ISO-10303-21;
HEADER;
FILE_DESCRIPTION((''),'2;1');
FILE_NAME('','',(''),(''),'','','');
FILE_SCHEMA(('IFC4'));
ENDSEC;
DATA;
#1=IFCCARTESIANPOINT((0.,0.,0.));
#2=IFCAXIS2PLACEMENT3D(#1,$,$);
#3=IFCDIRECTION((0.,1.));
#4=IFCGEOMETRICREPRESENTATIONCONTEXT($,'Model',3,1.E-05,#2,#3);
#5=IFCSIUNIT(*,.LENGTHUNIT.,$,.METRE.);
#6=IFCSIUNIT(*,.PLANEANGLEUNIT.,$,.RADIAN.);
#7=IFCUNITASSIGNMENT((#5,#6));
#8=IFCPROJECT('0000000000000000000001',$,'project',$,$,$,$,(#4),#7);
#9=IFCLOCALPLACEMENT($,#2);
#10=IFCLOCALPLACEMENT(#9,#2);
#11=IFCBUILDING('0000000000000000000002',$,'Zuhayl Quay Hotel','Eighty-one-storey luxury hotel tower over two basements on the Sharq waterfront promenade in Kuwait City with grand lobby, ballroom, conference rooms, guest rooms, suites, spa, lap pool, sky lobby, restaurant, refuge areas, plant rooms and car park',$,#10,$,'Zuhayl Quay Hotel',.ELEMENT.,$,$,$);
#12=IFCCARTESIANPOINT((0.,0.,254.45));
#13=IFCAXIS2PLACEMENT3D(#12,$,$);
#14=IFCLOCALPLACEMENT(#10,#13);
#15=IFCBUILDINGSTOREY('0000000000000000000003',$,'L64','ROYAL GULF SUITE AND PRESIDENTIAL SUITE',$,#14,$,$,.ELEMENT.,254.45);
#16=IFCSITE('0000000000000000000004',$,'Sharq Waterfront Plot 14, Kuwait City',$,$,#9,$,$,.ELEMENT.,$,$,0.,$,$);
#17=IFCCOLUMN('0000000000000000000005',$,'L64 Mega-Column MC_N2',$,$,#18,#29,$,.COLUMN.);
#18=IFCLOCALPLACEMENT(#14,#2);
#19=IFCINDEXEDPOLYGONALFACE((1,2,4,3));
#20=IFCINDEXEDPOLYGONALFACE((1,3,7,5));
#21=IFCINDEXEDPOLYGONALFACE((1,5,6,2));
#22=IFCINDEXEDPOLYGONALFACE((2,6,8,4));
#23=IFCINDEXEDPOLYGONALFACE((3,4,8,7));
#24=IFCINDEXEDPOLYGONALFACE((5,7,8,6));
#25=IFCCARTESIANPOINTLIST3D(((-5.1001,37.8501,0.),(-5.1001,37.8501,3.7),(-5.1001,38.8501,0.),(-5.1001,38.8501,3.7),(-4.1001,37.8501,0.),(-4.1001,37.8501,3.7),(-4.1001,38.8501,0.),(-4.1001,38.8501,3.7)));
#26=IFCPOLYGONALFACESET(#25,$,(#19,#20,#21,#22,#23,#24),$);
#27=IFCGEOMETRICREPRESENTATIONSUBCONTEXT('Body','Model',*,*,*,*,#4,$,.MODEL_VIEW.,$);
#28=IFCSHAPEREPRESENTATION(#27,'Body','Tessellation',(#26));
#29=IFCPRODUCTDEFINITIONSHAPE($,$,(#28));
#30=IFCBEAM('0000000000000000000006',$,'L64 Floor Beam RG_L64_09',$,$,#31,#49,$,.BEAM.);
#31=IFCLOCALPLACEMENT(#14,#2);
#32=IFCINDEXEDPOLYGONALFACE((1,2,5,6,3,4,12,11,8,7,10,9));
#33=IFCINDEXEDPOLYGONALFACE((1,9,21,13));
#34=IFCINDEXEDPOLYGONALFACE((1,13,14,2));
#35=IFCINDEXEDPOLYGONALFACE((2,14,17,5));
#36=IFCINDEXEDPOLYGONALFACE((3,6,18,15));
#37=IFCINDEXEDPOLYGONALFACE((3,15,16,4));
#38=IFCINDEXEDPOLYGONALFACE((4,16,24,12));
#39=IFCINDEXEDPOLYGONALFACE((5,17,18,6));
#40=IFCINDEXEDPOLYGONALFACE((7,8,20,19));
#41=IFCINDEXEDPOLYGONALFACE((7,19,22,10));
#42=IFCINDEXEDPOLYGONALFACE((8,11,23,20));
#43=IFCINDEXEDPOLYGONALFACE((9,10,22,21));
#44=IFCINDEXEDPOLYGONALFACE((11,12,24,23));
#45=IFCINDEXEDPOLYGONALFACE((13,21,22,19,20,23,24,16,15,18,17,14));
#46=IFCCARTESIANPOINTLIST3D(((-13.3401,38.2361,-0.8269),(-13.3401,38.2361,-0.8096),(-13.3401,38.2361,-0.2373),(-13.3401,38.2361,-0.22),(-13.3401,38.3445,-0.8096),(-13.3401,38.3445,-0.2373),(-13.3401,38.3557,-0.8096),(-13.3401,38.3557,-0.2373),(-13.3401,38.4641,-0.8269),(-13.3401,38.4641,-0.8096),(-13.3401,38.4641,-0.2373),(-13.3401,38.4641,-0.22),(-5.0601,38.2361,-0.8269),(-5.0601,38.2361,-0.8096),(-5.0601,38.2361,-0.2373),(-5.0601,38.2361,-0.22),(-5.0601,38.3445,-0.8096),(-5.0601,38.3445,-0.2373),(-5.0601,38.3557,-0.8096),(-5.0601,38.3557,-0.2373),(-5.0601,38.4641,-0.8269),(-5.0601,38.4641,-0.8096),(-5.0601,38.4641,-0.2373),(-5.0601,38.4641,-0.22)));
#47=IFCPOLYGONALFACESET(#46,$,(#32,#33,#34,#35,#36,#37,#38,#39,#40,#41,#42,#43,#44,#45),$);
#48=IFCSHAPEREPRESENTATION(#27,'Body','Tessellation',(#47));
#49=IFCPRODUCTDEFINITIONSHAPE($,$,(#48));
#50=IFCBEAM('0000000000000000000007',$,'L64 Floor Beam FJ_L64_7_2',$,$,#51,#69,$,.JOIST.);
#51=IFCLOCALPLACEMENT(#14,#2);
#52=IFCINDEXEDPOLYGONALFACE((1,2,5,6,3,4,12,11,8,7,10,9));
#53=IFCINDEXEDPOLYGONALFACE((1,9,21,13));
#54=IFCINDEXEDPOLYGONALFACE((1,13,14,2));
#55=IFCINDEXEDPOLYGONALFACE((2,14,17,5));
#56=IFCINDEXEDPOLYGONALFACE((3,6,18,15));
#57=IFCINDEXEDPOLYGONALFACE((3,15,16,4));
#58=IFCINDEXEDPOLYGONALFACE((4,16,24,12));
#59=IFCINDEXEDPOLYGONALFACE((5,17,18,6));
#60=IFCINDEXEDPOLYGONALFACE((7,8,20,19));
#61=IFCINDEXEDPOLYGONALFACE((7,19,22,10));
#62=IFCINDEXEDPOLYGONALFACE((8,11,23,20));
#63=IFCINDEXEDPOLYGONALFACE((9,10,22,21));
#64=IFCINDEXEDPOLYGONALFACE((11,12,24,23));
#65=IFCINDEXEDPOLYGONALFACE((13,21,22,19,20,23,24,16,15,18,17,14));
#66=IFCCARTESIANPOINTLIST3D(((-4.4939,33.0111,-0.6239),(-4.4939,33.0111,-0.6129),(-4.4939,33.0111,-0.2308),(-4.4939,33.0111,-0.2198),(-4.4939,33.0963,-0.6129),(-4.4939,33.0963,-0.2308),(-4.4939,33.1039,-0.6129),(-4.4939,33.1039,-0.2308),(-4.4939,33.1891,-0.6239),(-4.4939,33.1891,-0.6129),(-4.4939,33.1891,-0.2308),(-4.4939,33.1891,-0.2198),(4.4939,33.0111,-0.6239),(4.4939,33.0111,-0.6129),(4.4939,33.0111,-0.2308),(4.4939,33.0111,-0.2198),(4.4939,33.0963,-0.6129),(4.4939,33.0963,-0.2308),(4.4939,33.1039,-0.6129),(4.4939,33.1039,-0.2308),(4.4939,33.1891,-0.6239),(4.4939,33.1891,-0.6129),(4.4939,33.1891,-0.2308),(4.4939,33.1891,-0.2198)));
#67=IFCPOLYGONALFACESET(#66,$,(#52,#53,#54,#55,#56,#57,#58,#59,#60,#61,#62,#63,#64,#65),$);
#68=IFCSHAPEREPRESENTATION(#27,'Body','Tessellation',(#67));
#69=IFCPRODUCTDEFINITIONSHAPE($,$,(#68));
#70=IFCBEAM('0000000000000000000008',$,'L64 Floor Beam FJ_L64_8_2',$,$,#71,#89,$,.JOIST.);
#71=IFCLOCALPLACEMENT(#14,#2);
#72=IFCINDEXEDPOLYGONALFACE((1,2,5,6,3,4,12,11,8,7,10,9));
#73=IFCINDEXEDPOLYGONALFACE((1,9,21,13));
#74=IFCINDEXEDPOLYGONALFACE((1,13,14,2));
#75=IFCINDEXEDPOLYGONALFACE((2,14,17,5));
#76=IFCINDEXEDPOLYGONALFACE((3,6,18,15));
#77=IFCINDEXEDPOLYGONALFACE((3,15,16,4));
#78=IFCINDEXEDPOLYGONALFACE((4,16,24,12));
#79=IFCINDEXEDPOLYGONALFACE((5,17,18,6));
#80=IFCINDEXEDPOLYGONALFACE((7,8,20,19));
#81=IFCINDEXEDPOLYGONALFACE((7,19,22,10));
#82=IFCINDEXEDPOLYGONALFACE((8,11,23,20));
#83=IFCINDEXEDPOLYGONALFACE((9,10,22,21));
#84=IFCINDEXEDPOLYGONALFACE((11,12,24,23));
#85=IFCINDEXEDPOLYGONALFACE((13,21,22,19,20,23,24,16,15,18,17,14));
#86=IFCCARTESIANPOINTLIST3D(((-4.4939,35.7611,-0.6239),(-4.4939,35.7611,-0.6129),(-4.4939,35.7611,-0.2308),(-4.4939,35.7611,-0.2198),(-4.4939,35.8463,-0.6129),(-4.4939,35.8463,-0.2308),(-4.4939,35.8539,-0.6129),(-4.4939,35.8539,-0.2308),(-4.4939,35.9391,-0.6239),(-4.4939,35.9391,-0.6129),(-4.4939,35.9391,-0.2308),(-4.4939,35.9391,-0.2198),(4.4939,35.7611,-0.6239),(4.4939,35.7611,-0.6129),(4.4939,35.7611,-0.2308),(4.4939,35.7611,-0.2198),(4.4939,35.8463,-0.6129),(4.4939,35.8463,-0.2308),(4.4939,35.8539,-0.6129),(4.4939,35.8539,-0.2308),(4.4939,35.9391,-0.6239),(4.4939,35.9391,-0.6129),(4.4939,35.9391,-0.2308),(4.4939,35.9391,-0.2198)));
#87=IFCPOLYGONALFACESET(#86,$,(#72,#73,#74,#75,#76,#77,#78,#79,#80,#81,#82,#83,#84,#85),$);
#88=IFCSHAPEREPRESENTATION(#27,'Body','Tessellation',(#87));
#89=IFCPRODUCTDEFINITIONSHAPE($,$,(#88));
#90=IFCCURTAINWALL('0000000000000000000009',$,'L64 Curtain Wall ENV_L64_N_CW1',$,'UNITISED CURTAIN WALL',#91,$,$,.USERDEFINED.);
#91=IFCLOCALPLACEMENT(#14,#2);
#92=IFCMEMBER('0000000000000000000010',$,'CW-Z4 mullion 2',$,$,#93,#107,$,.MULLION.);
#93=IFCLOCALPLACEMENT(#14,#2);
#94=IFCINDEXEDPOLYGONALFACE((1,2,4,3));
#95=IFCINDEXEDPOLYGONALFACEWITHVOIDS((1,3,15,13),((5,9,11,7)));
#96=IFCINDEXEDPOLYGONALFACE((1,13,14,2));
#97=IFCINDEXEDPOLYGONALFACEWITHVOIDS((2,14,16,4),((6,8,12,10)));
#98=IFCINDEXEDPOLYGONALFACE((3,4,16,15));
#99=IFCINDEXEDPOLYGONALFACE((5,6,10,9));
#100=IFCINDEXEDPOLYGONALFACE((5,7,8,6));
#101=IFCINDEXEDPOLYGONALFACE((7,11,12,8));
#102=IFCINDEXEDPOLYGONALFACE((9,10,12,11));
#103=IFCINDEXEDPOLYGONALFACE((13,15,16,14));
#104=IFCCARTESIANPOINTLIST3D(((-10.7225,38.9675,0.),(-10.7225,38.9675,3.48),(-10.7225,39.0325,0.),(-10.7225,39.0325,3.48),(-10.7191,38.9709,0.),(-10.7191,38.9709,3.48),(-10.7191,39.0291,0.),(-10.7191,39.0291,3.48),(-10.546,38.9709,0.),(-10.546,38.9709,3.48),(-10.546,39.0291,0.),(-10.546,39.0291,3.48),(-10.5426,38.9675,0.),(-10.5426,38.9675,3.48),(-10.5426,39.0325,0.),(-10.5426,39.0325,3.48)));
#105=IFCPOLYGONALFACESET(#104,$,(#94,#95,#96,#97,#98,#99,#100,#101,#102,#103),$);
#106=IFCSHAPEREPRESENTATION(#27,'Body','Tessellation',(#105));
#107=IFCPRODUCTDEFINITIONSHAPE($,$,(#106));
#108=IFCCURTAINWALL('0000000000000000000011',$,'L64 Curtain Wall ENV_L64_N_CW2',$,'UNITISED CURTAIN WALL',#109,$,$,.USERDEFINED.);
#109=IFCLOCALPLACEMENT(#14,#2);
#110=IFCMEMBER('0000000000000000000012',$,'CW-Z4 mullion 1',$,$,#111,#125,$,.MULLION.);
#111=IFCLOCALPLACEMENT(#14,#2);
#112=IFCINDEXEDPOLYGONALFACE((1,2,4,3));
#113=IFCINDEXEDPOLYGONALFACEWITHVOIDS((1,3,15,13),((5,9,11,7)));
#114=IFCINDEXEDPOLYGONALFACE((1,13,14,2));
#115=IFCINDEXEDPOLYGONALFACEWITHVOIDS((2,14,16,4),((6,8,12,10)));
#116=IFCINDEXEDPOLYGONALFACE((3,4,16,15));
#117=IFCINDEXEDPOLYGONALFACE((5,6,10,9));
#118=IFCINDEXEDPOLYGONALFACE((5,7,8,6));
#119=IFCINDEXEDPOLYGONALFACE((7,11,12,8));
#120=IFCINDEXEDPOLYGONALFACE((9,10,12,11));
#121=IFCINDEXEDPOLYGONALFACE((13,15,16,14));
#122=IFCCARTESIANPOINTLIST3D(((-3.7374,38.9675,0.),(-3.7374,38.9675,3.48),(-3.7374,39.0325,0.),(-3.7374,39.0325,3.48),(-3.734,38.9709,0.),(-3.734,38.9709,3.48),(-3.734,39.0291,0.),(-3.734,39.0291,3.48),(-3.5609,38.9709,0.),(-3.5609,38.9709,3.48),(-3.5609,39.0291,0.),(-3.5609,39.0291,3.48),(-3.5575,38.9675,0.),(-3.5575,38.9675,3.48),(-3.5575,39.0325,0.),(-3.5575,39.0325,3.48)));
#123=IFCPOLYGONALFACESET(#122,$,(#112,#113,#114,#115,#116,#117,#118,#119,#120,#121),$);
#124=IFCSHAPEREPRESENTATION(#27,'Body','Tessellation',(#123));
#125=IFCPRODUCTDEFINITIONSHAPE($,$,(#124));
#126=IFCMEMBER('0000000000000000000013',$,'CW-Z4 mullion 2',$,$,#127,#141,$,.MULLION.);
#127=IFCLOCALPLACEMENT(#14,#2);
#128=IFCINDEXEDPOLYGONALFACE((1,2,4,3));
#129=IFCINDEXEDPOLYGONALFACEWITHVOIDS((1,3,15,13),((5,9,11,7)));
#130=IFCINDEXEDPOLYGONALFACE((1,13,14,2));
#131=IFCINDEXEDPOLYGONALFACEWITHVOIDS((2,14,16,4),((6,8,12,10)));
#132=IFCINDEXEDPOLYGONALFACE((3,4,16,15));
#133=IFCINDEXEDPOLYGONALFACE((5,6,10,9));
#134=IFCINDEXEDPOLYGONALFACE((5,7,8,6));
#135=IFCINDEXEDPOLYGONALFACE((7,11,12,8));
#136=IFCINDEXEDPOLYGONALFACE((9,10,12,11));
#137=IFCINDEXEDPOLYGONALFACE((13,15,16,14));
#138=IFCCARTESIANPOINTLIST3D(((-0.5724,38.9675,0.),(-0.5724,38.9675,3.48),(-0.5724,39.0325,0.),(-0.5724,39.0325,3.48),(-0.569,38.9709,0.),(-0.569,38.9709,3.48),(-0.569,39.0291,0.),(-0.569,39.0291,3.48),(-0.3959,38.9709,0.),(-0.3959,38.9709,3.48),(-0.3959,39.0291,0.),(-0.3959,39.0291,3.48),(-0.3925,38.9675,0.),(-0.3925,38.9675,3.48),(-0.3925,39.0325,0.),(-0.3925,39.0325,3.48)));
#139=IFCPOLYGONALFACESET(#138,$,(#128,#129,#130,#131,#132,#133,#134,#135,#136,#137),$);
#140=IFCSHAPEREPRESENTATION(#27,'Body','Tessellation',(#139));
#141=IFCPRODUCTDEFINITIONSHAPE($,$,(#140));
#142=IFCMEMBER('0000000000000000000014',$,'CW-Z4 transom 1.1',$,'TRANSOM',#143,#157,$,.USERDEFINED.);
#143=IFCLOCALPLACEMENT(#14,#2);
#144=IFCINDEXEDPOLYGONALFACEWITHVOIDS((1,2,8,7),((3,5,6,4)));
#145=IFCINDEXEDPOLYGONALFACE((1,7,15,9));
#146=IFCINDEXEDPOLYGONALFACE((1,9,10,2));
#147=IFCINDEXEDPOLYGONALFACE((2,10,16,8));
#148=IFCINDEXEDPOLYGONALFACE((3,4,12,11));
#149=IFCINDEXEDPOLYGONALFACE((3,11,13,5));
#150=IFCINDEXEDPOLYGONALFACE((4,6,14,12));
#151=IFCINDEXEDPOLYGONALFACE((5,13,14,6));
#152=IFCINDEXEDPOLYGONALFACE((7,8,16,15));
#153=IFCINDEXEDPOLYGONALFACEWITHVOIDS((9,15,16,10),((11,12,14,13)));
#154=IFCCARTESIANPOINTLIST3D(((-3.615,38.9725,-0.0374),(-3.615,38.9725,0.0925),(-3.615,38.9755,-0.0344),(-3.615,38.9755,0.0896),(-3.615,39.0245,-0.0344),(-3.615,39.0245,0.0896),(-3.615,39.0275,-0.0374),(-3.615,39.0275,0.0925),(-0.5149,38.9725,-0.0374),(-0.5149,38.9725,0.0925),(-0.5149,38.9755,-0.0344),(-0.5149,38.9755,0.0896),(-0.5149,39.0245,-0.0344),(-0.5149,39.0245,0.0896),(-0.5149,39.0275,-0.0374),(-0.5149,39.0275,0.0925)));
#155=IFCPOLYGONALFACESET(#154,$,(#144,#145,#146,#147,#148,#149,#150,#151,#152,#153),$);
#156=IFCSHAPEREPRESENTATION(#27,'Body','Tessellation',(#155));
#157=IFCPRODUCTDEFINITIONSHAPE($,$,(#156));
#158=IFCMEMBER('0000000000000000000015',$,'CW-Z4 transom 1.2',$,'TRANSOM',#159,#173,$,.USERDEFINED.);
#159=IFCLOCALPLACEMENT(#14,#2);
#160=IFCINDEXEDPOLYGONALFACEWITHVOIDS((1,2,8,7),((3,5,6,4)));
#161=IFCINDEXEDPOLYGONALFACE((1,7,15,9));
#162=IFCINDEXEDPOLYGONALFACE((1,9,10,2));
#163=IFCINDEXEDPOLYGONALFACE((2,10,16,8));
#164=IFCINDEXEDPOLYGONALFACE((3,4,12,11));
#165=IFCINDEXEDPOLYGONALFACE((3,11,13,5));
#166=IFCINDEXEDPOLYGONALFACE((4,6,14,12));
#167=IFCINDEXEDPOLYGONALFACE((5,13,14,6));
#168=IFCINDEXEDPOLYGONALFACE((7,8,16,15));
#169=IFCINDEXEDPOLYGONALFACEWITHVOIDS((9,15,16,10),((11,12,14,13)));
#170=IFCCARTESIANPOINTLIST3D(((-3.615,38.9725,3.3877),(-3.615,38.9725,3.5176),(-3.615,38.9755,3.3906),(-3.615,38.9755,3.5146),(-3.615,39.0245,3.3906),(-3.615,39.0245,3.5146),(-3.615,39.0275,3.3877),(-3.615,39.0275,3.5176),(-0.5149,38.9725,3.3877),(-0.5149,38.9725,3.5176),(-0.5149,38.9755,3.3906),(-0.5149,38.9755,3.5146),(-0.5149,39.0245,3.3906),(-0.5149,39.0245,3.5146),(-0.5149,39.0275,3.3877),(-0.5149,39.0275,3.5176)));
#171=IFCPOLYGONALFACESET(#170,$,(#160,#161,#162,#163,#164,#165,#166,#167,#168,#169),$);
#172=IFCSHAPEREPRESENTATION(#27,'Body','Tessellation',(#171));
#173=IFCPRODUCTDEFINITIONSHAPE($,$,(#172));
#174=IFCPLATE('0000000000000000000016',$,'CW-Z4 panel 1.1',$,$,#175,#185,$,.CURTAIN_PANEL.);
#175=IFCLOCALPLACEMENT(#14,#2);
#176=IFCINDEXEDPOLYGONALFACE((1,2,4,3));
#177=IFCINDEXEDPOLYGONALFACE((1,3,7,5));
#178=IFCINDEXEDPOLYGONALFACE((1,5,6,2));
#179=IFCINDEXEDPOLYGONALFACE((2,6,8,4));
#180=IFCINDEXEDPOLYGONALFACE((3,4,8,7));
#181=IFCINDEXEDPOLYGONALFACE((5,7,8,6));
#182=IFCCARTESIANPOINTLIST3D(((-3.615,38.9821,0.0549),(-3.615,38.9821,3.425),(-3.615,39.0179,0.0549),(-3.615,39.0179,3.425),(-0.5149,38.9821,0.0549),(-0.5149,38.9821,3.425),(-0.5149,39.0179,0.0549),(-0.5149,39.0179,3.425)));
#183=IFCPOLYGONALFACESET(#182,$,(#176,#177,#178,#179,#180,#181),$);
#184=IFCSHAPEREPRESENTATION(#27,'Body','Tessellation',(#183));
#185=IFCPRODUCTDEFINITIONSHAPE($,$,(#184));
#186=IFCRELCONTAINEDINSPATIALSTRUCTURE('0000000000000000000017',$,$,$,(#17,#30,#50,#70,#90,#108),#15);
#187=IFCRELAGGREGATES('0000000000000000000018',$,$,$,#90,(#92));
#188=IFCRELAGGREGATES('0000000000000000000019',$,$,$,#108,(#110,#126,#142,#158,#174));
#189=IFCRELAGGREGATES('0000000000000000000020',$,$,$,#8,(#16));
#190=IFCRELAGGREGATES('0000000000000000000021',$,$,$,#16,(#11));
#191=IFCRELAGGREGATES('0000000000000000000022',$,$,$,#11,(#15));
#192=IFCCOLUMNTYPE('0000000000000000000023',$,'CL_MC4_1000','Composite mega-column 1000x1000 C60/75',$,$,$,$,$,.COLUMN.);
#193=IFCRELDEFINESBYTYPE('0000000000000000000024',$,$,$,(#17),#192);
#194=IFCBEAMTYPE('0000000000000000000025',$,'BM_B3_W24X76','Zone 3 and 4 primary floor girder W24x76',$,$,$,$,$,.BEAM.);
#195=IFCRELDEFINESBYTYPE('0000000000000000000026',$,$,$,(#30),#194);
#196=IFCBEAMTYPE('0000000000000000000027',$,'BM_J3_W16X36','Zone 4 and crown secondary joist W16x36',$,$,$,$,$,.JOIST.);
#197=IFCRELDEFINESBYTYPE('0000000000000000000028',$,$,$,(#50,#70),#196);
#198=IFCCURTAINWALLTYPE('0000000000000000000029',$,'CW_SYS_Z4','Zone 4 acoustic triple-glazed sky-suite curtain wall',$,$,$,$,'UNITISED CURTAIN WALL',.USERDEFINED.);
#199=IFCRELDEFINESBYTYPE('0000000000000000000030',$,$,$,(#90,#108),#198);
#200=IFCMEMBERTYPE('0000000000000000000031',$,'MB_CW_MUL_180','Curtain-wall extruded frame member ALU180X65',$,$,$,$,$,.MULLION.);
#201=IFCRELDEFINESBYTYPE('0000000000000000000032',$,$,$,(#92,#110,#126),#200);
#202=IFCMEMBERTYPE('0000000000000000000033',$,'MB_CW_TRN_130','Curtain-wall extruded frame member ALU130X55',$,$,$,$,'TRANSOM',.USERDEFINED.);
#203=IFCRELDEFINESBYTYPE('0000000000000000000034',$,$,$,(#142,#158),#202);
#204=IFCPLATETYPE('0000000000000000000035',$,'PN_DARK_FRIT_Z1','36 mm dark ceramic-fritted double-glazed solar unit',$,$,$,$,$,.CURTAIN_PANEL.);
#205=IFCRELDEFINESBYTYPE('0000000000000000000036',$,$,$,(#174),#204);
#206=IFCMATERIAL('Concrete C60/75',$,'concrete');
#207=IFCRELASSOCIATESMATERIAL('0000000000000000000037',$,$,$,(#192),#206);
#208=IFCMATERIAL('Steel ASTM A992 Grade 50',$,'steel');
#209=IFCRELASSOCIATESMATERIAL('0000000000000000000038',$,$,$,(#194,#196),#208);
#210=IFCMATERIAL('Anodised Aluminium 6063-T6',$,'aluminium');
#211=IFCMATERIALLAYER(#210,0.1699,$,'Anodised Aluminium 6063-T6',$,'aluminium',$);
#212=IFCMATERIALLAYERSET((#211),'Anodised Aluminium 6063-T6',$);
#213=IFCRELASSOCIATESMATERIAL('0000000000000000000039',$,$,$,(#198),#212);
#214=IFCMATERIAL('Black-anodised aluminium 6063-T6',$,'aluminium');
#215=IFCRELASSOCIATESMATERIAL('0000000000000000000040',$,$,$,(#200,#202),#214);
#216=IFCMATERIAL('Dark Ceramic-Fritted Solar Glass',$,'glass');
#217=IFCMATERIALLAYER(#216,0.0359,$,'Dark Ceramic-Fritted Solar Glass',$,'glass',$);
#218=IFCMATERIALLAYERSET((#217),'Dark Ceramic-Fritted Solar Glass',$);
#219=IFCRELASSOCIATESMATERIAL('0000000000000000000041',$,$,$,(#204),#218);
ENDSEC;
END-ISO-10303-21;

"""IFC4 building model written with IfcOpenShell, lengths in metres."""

from ifc_helpers import new_model, si_unit, direction, frame, origin, origin_2d, place, context, subcontext, project, spatial, rectangle, hollow_rectangle, i_section, extrude, material, layer, layer_set, material_profile, profile_set, type_object, element, aggregate, save


model = new_model("IFC4")

# Units and contexts
model_context = context("Model", 3, precision=1e-05, world=origin(), true_north=direction((0.0, 1.0)))
body_context = subcontext(model_context, "Body", "Model", "MODEL_VIEW")
ifc_project = project(units=[si_unit("LENGTHUNIT", "METRE"), si_unit("PLANEANGLEUNIT", "RADIAN")], contexts=[model_context])

# Site, building, storey
site_placement = place(None, origin())
site = spatial("IfcSite", under=ifc_project, at=site_placement, Name="Sharq Waterfront Plot 14, Kuwait City", CompositionType="ELEMENT", RefElevation=0.0)
building_placement = place(site_placement, origin())
building = spatial("IfcBuilding", under=site, at=building_placement, Name="Zuhayl Quay Hotel", Description="Eighty-one-storey luxury hotel tower over two basements on the Sharq waterfront promenade in Kuwait City with grand lobby, ballroom, conference rooms, guest rooms, suites, spa, lap pool, sky lobby, restaurant, refuge areas, plant rooms and car park", LongName="Zuhayl Quay Hotel", CompositionType="ELEMENT")
storey_placement = place(building_placement, frame((0.0, 0.0, 254.45)))
storey = spatial("IfcBuildingStorey", under=building, at=storey_placement, Name="L64", Description="ROYAL GULF SUITE AND PRESIDENTIAL SUITE", CompositionType="ELEMENT", Elevation=254.45)

# Column
ifc_material_1 = material(Name="Concrete C60/75", Category="concrete")
ifc_material_profile_1 = material_profile(ifc_material_1, rectangle(XDim=1.0, YDim=1.0, at=origin_2d()), Name="RC1000X1000")
ifc_profile_set_1 = profile_set([ifc_material_profile_1], Name="Concrete C60/75")
column_type = type_object("IfcColumnType", Name="CL_MC4_1000", Description="Composite mega-column 1000x1000 C60/75", PredefinedType="COLUMN", material=ifc_profile_set_1)
column_placement = place(storey_placement, frame((-4.6001, 38.3501, 0.0), z_axis=(0.0, 0.0, 1.0), x_axis=(1.0, 0.0, 0.0)))
element("IfcColumn", 1, at=column_placement, inside=storey, type_object=column_type, Name="L64 Mega-Column MC_N2", PredefinedType="COLUMN", context=body_context, shape_type="SweptSolid", body=[
    extrude(rectangle(XDim=1.0, YDim=1.0, at=origin_2d()), origin(), (0.0, 0.0, 1.0), 3.7),
])

# Beams
ifc_material_2 = material(Name="Steel ASTM A992 Grade 50", Category="steel")
ifc_material_profile_2 = material_profile(ifc_material_2, i_section(OverallWidth=0.228, OverallDepth=0.6069, WebThickness=0.0112, FlangeThickness=0.0173, at=origin_2d()), Name="W24X76")
ifc_profile_set_2 = profile_set([ifc_material_profile_2], Name="Steel ASTM A992 Grade 50")
beam_type_1 = type_object("IfcBeamType", Name="BM_B3_W24X76", Description="Zone 3 and 4 primary floor girder W24x76", PredefinedType="BEAM", material=ifc_profile_set_2)
beam_placement = place(storey_placement, frame((-5.0601, 38.3501, -0.5234), z_axis=(-1.0, 0.0, 0.0), x_axis=(0.0, -1.0, 0.0)))
element("IfcBeam", 2, at=beam_placement, inside=storey, type_object=beam_type_1, Name="L64 Floor Beam RG_L64_09", PredefinedType="BEAM", context=body_context, shape_type="SweptSolid", body=[
    extrude(i_section(OverallWidth=0.228, OverallDepth=0.6069, WebThickness=0.0112, FlangeThickness=0.0173, at=origin_2d()), origin(), (0.0, 0.0, 1.0), 8.28),
])
ifc_material_profile_3 = material_profile(ifc_material_2, i_section(OverallWidth=0.178, OverallDepth=0.4041, WebThickness=0.0076, FlangeThickness=0.011, at=origin_2d()), Name="W16X36")
ifc_profile_set_3 = profile_set([ifc_material_profile_3], Name="Steel ASTM A992 Grade 50")
beam_type_2 = type_object("IfcBeamType", Name="BM_J3_W16X36", Description="Zone 4 and crown secondary joist W16x36", PredefinedType="JOIST", material=ifc_profile_set_3)
for number, where, z_axis, x_axis, name in (
    (3, (-4.4939, 33.1001, -0.4219), (1.0, 0.0, 0.0), (0.0, 1.0, 0.0), "L64 Floor Beam FJ_L64_7_2"),
    (4, (-4.4939, 35.8501, -0.4219), (1.0, 0.0, 0.0), (0.0, 1.0, 0.0), "L64 Floor Beam FJ_L64_8_2"),
):
    element("IfcBeam", number, at=place(storey_placement, frame(where, z_axis=z_axis, x_axis=x_axis)), inside=storey, type_object=beam_type_2, Name=name, PredefinedType="JOIST", context=body_context, shape_type="SweptSolid", body=[
        extrude(i_section(OverallWidth=0.178, OverallDepth=0.4041, WebThickness=0.0076, FlangeThickness=0.011, at=origin_2d()), origin(), (0.0, 0.0, 1.0), 8.9878),
    ])

# Curtain wall, member
ifc_material_3 = material(Name="Anodised Aluminium 6063-T6", Category="aluminium")
ifc_layer_1 = layer(ifc_material_3, 0.1699, Name="Anodised Aluminium 6063-T6", Category="aluminium")
ifc_layer_set_1 = layer_set([ifc_layer_1], Name="Anodised Aluminium 6063-T6")
curtain_wall_type = type_object("IfcCurtainWallType", Name="CW_SYS_Z4", Description="Zone 4 acoustic triple-glazed sky-suite curtain wall", ElementType="UNITISED CURTAIN WALL", PredefinedType="USERDEFINED", material=ifc_layer_set_1)
curtain_wall_1_placement = place(storey_placement, origin())
curtain_wall_1 = element("IfcCurtainWall", 5, at=curtain_wall_1_placement, inside=storey, type_object=curtain_wall_type, Name="L64 Curtain Wall ENV_L64_N_CW1", ObjectType="UNITISED CURTAIN WALL", PredefinedType="USERDEFINED")
ifc_material_4 = material(Name="Black-anodised aluminium 6063-T6", Category="aluminium")
ifc_material_profile_4 = material_profile(ifc_material_4, hollow_rectangle(XDim=0.0649, YDim=0.1799, WallThickness=0.0034, at=origin_2d()), Name="ALU180X65")
ifc_profile_set_4 = profile_set([ifc_material_profile_4], Name="Black-anodised aluminium 6063-T6")
member_type_1 = type_object("IfcMemberType", Name="MB_CW_MUL_180", Description="Curtain-wall extruded frame member ALU180X65", PredefinedType="MULLION", material=ifc_profile_set_4)
member_1_placement = place(storey_placement, frame((-10.6326, 39.0, 0.0), z_axis=(0.0, 0.0, 1.0), x_axis=(0.0, 1.0, 0.0)))
member_1 = element("IfcMember", 6, at=member_1_placement, type_object=member_type_1, Name="CW-Z4 mullion 2", PredefinedType="MULLION", context=body_context, shape_type="SweptSolid", body=[
    extrude(hollow_rectangle(XDim=0.0649, YDim=0.1799, WallThickness=0.0034, at=origin_2d()), origin(), (0.0, 0.0, 1.0), 3.48),
])
aggregate(curtain_wall_1, [member_1])

# Curtain wall, members, plate
curtain_wall_2_placement = place(storey_placement, origin())
curtain_wall_2 = element("IfcCurtainWall", 7, at=curtain_wall_2_placement, inside=storey, type_object=curtain_wall_type, Name="L64 Curtain Wall ENV_L64_N_CW2", ObjectType="UNITISED CURTAIN WALL", PredefinedType="USERDEFINED")
member_2_placement = place(storey_placement, frame((-3.6475, 39.0, 0.0), z_axis=(0.0, 0.0, 1.0), x_axis=(0.0, 1.0, 0.0)))
member_2 = element("IfcMember", 8, at=member_2_placement, type_object=member_type_1, Name="CW-Z4 mullion 1", PredefinedType="MULLION", context=body_context, shape_type="SweptSolid", body=[
    extrude(hollow_rectangle(XDim=0.0649, YDim=0.1799, WallThickness=0.0034, at=origin_2d()), origin(), (0.0, 0.0, 1.0), 3.48),
])
member_3_placement = place(storey_placement, frame((-0.4824, 39.0, 0.0), z_axis=(0.0, 0.0, 1.0), x_axis=(0.0, 1.0, 0.0)))
member_3 = element("IfcMember", 9, at=member_3_placement, type_object=member_type_1, Name="CW-Z4 mullion 2", PredefinedType="MULLION", context=body_context, shape_type="SweptSolid", body=[
    extrude(hollow_rectangle(XDim=0.0649, YDim=0.1799, WallThickness=0.0034, at=origin_2d()), origin(), (0.0, 0.0, 1.0), 3.48),
])
ifc_material_profile_5 = material_profile(ifc_material_4, hollow_rectangle(XDim=0.0549, YDim=0.1299, WallThickness=0.0029, at=origin_2d()), Name="ALU130X55")
ifc_profile_set_5 = profile_set([ifc_material_profile_5], Name="Black-anodised aluminium 6063-T6")
member_type_2 = type_object("IfcMemberType", Name="MB_CW_TRN_130", Description="Curtain-wall extruded frame member ALU130X55", ElementType="TRANSOM", PredefinedType="USERDEFINED", material=ifc_profile_set_5)
member_4_placement = place(storey_placement, frame((-3.615, 39.0, 0.0276), z_axis=(1.0, 0.0, 0.0), x_axis=(0.0, 1.0, 0.0)))
member_4 = element("IfcMember", 10, at=member_4_placement, type_object=member_type_2, Name="CW-Z4 transom 1.1", ObjectType="TRANSOM", PredefinedType="USERDEFINED", context=body_context, shape_type="SweptSolid", body=[
    extrude(hollow_rectangle(XDim=0.0549, YDim=0.1299, WallThickness=0.0029, at=origin_2d()), origin(), (0.0, 0.0, 1.0), 3.1001),
])
member_5_placement = place(storey_placement, frame((-3.615, 39.0, 3.4526), z_axis=(1.0, 0.0, 0.0), x_axis=(0.0, 1.0, 0.0)))
member_5 = element("IfcMember", 11, at=member_5_placement, type_object=member_type_2, Name="CW-Z4 transom 1.2", ObjectType="TRANSOM", PredefinedType="USERDEFINED", context=body_context, shape_type="SweptSolid", body=[
    extrude(hollow_rectangle(XDim=0.0549, YDim=0.1299, WallThickness=0.0029, at=origin_2d()), origin(), (0.0, 0.0, 1.0), 3.1001),
])
ifc_material_5 = material(Name="Dark Ceramic-Fritted Solar Glass", Category="glass")
ifc_layer_2 = layer(ifc_material_5, 0.0359, Name="Dark Ceramic-Fritted Solar Glass", Category="glass")
ifc_layer_set_2 = layer_set([ifc_layer_2], Name="Dark Ceramic-Fritted Solar Glass")
plate_type = type_object("IfcPlateType", Name="PN_DARK_FRIT_Z1", Description="36 mm dark ceramic-fritted double-glazed solar unit", PredefinedType="CURTAIN_PANEL", material=ifc_layer_set_2)
plate_placement = place(storey_placement, frame((-2.0649, 39.0, 0.0549), z_axis=(0.0, 0.0, 1.0), x_axis=(1.0, 0.0, 0.0)))
plate = element("IfcPlate", 12, at=plate_placement, type_object=plate_type, Name="CW-Z4 panel 1.1", PredefinedType="CURTAIN_PANEL", context=body_context, shape_type="SweptSolid", body=[
    extrude(rectangle(XDim=3.1001, YDim=0.0359, at=origin_2d()), origin(), (0.0, 0.0, 1.0), 3.3701),
])
aggregate(curtain_wall_2, [member_2, member_3, member_4, member_5, plate])

save(model, "model.ifc")
